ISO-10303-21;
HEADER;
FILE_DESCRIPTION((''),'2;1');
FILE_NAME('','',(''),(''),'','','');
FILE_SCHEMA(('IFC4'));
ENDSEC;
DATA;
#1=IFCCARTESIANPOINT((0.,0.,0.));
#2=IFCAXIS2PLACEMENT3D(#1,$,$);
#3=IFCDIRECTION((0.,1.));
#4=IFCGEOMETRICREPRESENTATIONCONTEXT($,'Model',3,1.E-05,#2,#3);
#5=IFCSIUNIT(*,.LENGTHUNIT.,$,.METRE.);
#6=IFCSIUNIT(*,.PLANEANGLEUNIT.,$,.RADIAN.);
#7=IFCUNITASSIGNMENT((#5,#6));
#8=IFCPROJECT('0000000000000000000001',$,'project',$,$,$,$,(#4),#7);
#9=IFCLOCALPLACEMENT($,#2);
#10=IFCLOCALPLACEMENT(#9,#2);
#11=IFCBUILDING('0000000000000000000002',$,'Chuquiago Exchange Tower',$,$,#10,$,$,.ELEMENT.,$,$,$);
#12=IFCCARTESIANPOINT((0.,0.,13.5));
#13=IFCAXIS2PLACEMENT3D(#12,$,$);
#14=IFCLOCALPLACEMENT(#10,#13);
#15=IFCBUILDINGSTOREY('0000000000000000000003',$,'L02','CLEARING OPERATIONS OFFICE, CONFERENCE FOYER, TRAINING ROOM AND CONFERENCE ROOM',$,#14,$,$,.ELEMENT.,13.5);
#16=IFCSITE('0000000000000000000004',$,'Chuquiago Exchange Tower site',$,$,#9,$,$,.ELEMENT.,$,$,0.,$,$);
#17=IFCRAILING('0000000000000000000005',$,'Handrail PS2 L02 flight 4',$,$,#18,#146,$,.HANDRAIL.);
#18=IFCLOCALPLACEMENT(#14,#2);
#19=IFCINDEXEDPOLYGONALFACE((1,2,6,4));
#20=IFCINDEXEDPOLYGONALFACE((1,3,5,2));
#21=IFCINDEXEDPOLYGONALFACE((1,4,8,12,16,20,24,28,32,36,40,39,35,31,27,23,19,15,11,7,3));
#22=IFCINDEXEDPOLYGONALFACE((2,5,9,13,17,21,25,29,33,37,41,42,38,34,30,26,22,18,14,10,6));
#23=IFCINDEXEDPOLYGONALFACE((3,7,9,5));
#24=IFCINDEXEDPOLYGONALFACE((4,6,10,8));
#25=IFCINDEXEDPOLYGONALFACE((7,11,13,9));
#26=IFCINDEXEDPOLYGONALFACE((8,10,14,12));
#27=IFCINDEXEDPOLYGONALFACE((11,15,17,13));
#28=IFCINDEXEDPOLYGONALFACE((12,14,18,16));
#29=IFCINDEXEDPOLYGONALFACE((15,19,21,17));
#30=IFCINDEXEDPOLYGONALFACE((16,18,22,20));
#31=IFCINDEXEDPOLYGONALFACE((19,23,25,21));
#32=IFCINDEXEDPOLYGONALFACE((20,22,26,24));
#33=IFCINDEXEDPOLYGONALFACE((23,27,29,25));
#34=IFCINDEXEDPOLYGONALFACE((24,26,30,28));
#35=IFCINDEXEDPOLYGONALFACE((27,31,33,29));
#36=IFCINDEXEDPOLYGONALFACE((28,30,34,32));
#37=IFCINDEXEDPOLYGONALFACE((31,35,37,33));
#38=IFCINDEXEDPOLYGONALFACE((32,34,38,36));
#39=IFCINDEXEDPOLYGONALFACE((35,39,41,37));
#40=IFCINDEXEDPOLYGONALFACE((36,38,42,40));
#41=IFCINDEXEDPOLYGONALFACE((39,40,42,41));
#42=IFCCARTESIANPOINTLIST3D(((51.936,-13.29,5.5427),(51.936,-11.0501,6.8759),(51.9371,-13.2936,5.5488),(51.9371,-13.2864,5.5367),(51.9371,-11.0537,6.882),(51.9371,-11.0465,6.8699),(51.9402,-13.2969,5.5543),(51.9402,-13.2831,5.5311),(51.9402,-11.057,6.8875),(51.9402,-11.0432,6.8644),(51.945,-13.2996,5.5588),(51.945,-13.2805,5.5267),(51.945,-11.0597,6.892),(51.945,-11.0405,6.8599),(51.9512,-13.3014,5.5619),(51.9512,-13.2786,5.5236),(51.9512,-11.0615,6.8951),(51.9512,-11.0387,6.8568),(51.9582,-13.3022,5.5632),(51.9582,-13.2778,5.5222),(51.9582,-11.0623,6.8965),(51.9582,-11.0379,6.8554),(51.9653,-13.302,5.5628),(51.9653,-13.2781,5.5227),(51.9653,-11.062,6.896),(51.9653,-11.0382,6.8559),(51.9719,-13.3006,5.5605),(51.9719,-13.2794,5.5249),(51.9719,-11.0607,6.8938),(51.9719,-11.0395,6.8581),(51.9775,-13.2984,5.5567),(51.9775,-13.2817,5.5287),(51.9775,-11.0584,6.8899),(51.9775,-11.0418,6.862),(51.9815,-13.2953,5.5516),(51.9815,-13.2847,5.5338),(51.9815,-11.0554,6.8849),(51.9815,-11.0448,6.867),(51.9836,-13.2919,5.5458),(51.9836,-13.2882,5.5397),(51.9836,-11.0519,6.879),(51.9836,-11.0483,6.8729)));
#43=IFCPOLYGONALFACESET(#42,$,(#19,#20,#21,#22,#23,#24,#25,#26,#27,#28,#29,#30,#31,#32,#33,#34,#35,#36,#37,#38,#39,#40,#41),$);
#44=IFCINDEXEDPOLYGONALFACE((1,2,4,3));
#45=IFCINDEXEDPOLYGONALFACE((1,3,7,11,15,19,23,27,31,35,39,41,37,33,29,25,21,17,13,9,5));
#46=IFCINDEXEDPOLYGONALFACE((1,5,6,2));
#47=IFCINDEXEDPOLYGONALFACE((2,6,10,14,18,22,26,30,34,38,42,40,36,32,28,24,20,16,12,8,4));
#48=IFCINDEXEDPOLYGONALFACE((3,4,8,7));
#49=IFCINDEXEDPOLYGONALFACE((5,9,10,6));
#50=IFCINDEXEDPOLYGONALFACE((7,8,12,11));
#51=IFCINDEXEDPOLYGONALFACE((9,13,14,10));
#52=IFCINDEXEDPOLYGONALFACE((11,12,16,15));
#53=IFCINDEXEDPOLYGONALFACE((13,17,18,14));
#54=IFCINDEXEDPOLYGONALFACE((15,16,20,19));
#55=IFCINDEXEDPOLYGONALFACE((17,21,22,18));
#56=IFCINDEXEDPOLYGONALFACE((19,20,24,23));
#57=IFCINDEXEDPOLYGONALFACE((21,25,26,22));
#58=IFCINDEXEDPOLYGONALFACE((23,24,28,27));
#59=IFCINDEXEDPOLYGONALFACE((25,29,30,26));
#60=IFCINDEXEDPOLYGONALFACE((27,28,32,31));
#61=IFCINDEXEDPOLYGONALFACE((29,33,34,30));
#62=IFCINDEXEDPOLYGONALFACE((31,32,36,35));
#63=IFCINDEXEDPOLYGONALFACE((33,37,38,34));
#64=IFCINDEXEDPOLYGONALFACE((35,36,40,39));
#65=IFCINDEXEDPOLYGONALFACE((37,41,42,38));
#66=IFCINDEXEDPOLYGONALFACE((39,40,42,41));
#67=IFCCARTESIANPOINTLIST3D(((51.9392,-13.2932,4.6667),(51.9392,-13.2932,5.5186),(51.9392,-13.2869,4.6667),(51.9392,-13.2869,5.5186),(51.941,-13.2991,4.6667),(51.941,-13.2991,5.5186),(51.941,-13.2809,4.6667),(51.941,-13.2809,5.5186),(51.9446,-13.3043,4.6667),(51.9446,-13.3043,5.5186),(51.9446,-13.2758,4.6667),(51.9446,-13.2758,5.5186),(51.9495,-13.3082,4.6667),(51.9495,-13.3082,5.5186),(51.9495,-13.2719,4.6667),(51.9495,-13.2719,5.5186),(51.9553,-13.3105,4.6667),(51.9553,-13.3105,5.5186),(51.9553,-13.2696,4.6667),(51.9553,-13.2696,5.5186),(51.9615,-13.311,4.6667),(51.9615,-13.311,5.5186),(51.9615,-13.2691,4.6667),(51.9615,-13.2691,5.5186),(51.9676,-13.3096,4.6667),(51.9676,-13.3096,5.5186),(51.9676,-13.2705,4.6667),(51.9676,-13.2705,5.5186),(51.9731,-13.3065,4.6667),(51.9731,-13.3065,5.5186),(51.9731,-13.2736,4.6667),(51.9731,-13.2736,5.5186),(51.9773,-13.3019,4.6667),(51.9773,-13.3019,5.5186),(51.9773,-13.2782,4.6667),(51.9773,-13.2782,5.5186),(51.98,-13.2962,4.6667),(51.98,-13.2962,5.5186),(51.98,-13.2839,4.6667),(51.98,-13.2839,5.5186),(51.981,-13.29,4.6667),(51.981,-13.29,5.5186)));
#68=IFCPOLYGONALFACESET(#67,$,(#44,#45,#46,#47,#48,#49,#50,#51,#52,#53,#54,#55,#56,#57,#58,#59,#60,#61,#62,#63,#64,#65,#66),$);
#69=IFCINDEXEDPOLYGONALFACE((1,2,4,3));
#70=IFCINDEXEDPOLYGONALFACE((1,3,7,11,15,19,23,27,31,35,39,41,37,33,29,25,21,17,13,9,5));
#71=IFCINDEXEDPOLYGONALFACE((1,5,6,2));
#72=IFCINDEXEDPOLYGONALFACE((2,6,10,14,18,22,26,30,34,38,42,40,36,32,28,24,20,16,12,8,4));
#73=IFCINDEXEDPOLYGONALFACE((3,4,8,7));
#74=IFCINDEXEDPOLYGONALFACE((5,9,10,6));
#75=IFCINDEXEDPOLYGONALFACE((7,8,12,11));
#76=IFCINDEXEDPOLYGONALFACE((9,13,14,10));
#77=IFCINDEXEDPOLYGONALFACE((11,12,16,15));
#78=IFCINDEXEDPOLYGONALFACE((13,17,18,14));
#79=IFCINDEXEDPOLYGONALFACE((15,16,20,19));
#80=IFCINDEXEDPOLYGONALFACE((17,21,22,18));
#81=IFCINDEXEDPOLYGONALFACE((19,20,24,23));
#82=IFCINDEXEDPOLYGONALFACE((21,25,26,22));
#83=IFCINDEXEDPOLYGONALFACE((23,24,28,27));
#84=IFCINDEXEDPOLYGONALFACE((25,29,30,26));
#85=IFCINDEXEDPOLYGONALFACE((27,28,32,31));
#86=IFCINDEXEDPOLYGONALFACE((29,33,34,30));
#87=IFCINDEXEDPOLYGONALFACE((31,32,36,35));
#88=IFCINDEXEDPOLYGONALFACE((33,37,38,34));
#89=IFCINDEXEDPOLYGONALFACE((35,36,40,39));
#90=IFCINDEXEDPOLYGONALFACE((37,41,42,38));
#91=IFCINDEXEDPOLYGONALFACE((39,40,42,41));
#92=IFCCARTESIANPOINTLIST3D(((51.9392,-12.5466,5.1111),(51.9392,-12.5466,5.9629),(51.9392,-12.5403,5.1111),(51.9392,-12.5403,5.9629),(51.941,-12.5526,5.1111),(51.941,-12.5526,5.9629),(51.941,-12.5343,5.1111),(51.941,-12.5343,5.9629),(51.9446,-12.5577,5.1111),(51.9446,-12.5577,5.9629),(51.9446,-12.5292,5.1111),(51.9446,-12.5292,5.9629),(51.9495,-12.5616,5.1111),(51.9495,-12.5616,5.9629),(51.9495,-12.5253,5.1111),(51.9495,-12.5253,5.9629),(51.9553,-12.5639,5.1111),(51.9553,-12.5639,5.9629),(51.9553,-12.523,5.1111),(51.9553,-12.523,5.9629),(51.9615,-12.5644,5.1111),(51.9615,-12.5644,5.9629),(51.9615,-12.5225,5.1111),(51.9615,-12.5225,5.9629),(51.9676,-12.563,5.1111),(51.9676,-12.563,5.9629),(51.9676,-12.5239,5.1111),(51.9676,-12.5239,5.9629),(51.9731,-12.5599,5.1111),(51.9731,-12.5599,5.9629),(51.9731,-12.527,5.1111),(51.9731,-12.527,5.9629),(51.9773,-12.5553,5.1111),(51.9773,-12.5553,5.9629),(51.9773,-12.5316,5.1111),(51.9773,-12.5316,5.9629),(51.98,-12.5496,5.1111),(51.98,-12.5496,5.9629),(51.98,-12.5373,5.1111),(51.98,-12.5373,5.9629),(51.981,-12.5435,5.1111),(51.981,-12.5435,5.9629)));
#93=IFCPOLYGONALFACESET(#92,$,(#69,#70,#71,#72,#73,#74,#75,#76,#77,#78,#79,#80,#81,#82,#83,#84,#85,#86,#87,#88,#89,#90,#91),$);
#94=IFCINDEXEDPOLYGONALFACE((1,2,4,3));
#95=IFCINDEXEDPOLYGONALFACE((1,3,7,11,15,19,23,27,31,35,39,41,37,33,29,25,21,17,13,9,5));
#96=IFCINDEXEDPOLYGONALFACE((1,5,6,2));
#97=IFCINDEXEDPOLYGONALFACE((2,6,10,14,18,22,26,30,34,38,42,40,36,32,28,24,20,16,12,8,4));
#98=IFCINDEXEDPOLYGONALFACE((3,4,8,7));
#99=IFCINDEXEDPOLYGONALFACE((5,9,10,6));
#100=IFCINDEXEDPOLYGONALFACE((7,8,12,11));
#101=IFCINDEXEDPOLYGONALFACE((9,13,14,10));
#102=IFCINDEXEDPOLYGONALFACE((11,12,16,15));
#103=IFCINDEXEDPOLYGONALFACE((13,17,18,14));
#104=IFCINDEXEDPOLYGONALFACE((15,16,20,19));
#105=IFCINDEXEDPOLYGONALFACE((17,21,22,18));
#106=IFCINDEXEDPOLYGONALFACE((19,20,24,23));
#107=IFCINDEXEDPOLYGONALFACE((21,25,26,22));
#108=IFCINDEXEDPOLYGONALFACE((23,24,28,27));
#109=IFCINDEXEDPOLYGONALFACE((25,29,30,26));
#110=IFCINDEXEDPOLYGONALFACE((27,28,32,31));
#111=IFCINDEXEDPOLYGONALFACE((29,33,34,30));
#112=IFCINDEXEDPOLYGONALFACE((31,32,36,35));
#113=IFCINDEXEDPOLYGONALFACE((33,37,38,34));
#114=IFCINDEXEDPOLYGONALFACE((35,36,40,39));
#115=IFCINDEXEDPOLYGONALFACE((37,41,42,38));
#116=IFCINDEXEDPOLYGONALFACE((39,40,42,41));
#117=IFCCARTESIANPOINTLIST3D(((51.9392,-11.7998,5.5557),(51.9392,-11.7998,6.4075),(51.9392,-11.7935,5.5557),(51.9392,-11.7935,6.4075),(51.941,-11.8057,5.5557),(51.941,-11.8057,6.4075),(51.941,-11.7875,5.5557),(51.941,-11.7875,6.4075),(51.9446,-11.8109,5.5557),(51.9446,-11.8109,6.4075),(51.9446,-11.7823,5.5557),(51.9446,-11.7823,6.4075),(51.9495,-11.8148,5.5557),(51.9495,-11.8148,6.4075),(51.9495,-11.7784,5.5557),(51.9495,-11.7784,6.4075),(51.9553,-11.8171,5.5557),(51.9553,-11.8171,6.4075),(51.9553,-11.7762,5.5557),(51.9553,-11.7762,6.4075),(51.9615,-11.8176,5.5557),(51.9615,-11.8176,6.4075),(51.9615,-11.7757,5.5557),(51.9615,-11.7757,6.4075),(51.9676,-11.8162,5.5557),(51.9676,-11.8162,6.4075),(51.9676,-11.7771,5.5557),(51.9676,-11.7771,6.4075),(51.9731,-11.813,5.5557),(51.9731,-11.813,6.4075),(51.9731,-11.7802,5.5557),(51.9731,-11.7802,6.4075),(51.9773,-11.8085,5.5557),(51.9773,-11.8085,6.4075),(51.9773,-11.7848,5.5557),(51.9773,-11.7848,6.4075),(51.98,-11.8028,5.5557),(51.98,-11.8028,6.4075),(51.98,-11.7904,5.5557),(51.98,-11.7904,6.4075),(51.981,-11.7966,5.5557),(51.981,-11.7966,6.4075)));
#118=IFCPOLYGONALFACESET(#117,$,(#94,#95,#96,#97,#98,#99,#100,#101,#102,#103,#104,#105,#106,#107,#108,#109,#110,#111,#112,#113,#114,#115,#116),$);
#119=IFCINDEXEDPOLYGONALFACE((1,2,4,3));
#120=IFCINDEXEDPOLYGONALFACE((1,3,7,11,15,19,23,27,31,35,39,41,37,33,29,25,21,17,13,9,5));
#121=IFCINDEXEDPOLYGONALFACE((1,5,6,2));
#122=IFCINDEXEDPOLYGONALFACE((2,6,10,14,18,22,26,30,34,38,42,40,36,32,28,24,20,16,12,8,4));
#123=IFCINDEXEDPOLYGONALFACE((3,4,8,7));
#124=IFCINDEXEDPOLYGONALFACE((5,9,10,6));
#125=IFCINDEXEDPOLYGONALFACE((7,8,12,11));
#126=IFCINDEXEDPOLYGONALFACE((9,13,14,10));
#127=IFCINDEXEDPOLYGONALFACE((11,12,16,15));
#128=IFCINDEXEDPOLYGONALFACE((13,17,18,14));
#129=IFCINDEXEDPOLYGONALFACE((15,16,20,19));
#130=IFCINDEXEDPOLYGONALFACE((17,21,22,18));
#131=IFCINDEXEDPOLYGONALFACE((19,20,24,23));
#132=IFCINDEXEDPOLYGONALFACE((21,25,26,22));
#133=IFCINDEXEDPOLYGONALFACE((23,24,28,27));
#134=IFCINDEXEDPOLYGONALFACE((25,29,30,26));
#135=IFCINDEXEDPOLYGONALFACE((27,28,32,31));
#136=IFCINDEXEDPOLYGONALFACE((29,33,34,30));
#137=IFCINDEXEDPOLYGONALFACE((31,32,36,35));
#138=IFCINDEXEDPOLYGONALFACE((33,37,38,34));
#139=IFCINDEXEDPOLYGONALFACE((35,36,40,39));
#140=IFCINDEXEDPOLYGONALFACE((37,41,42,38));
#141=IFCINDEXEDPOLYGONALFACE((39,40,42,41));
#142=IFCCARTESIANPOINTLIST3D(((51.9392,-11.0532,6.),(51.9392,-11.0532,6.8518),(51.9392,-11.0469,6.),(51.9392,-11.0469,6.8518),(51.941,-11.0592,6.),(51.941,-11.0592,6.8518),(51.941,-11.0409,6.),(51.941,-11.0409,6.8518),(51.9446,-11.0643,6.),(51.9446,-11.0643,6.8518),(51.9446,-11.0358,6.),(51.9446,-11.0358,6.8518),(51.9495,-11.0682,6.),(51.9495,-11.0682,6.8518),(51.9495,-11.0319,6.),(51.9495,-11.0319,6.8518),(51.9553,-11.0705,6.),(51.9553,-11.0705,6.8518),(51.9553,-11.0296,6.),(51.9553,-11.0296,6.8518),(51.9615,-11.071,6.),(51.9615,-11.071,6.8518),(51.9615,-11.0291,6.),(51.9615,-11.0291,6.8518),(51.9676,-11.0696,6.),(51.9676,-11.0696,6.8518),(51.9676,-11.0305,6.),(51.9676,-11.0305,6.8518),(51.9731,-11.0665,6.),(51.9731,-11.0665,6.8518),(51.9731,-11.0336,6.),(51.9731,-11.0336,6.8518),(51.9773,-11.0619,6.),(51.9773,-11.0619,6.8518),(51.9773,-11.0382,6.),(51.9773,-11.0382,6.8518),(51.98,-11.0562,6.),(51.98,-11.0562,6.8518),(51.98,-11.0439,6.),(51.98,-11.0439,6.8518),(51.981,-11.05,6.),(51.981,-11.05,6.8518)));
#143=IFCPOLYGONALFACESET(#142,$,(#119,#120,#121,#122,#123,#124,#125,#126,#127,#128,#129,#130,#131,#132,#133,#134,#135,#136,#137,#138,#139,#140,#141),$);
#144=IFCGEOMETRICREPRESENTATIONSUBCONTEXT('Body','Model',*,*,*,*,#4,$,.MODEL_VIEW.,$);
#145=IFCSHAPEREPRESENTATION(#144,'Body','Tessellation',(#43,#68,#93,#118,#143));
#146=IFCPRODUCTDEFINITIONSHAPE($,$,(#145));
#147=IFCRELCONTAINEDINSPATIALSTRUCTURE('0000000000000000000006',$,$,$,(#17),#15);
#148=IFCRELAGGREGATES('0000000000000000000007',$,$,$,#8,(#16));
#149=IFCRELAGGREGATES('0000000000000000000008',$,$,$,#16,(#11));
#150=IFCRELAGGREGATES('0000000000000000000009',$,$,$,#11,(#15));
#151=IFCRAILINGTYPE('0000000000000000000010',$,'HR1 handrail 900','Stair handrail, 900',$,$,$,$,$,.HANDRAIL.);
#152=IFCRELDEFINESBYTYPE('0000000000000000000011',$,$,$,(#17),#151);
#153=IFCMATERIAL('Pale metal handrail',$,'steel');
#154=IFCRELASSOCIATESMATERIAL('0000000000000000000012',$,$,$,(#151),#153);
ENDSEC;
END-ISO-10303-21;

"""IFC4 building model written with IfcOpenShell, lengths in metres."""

from ifc_helpers import new_model, si_unit, direction, frame, origin, origin_2d, place, context, subcontext, project, spatial, circle, extrude, material, type_object, element, save


model = new_model("IFC4")

# Units and contexts
model_context = context("Model", 3, precision=1e-05, world=origin(), true_north=direction((0.0, 1.0)))
body_context = subcontext(model_context, "Body", "Model", "MODEL_VIEW")
ifc_project = project(units=[si_unit("LENGTHUNIT", "METRE"), si_unit("PLANEANGLEUNIT", "RADIAN")], contexts=[model_context])

# Site, building, storey
site_placement = place(None, origin())
site = spatial("IfcSite", under=ifc_project, at=site_placement, Name="Chuquiago Exchange Tower site", CompositionType="ELEMENT", RefElevation=0.0)
building_placement = place(site_placement, origin())
building = spatial("IfcBuilding", under=site, at=building_placement, Name="Chuquiago Exchange Tower", CompositionType="ELEMENT")
storey_placement = place(building_placement, frame((0.0, 0.0, 13.5)))
storey = spatial("IfcBuildingStorey", under=building, at=storey_placement, Name="L02", Description="CLEARING OPERATIONS OFFICE, CONFERENCE FOYER, TRAINING ROOM AND CONFERENCE ROOM", CompositionType="ELEMENT", Elevation=13.5)

# Railing
ifc_material_1 = material(Name="Pale metal handrail", Category="steel")
railing_type = type_object("IfcRailingType", Name="HR1 handrail 900", Description="Stair handrail, 900", PredefinedType="HANDRAIL", material=ifc_material_1)
for number, where, name in (
    (1, (51.96, -13.29, 4.6667), "Handrail PS2 L02 flight 4"),
):
    element("IfcRailing", number, at=place(storey_placement, frame(where)), inside=storey, type_object=railing_type, Name=name, PredefinedType="HANDRAIL", context=body_context, shape_type="SweptSolid", body=[
        extrude(circle(Radius=0.0239, at=origin_2d()), frame((0.0, 0.0, 0.876), z_axis=(0.0, 0.859306, 0.511462), x_axis=(-1.0, 0.0, 0.0)), (0.0, 0.0, 1.0), 2.6067),
        extrude(circle(Radius=0.021, at=origin_2d()), origin(), (0.0, 0.0, 1.0), 0.8518),
        extrude(circle(Radius=0.021, at=origin_2d()), frame((0.0, 0.7466, 0.4443)), (0.0, 0.0, 1.0), 0.8518),
        extrude(circle(Radius=0.021, at=origin_2d()), frame((0.0, 1.4934, 0.8889)), (0.0, 0.0, 1.0), 0.8518),
        extrude(circle(Radius=0.021, at=origin_2d()), frame((0.0, 2.24, 1.3333)), (0.0, 0.0, 1.0), 0.8518),
    ])

save(model, "model.ifc")
